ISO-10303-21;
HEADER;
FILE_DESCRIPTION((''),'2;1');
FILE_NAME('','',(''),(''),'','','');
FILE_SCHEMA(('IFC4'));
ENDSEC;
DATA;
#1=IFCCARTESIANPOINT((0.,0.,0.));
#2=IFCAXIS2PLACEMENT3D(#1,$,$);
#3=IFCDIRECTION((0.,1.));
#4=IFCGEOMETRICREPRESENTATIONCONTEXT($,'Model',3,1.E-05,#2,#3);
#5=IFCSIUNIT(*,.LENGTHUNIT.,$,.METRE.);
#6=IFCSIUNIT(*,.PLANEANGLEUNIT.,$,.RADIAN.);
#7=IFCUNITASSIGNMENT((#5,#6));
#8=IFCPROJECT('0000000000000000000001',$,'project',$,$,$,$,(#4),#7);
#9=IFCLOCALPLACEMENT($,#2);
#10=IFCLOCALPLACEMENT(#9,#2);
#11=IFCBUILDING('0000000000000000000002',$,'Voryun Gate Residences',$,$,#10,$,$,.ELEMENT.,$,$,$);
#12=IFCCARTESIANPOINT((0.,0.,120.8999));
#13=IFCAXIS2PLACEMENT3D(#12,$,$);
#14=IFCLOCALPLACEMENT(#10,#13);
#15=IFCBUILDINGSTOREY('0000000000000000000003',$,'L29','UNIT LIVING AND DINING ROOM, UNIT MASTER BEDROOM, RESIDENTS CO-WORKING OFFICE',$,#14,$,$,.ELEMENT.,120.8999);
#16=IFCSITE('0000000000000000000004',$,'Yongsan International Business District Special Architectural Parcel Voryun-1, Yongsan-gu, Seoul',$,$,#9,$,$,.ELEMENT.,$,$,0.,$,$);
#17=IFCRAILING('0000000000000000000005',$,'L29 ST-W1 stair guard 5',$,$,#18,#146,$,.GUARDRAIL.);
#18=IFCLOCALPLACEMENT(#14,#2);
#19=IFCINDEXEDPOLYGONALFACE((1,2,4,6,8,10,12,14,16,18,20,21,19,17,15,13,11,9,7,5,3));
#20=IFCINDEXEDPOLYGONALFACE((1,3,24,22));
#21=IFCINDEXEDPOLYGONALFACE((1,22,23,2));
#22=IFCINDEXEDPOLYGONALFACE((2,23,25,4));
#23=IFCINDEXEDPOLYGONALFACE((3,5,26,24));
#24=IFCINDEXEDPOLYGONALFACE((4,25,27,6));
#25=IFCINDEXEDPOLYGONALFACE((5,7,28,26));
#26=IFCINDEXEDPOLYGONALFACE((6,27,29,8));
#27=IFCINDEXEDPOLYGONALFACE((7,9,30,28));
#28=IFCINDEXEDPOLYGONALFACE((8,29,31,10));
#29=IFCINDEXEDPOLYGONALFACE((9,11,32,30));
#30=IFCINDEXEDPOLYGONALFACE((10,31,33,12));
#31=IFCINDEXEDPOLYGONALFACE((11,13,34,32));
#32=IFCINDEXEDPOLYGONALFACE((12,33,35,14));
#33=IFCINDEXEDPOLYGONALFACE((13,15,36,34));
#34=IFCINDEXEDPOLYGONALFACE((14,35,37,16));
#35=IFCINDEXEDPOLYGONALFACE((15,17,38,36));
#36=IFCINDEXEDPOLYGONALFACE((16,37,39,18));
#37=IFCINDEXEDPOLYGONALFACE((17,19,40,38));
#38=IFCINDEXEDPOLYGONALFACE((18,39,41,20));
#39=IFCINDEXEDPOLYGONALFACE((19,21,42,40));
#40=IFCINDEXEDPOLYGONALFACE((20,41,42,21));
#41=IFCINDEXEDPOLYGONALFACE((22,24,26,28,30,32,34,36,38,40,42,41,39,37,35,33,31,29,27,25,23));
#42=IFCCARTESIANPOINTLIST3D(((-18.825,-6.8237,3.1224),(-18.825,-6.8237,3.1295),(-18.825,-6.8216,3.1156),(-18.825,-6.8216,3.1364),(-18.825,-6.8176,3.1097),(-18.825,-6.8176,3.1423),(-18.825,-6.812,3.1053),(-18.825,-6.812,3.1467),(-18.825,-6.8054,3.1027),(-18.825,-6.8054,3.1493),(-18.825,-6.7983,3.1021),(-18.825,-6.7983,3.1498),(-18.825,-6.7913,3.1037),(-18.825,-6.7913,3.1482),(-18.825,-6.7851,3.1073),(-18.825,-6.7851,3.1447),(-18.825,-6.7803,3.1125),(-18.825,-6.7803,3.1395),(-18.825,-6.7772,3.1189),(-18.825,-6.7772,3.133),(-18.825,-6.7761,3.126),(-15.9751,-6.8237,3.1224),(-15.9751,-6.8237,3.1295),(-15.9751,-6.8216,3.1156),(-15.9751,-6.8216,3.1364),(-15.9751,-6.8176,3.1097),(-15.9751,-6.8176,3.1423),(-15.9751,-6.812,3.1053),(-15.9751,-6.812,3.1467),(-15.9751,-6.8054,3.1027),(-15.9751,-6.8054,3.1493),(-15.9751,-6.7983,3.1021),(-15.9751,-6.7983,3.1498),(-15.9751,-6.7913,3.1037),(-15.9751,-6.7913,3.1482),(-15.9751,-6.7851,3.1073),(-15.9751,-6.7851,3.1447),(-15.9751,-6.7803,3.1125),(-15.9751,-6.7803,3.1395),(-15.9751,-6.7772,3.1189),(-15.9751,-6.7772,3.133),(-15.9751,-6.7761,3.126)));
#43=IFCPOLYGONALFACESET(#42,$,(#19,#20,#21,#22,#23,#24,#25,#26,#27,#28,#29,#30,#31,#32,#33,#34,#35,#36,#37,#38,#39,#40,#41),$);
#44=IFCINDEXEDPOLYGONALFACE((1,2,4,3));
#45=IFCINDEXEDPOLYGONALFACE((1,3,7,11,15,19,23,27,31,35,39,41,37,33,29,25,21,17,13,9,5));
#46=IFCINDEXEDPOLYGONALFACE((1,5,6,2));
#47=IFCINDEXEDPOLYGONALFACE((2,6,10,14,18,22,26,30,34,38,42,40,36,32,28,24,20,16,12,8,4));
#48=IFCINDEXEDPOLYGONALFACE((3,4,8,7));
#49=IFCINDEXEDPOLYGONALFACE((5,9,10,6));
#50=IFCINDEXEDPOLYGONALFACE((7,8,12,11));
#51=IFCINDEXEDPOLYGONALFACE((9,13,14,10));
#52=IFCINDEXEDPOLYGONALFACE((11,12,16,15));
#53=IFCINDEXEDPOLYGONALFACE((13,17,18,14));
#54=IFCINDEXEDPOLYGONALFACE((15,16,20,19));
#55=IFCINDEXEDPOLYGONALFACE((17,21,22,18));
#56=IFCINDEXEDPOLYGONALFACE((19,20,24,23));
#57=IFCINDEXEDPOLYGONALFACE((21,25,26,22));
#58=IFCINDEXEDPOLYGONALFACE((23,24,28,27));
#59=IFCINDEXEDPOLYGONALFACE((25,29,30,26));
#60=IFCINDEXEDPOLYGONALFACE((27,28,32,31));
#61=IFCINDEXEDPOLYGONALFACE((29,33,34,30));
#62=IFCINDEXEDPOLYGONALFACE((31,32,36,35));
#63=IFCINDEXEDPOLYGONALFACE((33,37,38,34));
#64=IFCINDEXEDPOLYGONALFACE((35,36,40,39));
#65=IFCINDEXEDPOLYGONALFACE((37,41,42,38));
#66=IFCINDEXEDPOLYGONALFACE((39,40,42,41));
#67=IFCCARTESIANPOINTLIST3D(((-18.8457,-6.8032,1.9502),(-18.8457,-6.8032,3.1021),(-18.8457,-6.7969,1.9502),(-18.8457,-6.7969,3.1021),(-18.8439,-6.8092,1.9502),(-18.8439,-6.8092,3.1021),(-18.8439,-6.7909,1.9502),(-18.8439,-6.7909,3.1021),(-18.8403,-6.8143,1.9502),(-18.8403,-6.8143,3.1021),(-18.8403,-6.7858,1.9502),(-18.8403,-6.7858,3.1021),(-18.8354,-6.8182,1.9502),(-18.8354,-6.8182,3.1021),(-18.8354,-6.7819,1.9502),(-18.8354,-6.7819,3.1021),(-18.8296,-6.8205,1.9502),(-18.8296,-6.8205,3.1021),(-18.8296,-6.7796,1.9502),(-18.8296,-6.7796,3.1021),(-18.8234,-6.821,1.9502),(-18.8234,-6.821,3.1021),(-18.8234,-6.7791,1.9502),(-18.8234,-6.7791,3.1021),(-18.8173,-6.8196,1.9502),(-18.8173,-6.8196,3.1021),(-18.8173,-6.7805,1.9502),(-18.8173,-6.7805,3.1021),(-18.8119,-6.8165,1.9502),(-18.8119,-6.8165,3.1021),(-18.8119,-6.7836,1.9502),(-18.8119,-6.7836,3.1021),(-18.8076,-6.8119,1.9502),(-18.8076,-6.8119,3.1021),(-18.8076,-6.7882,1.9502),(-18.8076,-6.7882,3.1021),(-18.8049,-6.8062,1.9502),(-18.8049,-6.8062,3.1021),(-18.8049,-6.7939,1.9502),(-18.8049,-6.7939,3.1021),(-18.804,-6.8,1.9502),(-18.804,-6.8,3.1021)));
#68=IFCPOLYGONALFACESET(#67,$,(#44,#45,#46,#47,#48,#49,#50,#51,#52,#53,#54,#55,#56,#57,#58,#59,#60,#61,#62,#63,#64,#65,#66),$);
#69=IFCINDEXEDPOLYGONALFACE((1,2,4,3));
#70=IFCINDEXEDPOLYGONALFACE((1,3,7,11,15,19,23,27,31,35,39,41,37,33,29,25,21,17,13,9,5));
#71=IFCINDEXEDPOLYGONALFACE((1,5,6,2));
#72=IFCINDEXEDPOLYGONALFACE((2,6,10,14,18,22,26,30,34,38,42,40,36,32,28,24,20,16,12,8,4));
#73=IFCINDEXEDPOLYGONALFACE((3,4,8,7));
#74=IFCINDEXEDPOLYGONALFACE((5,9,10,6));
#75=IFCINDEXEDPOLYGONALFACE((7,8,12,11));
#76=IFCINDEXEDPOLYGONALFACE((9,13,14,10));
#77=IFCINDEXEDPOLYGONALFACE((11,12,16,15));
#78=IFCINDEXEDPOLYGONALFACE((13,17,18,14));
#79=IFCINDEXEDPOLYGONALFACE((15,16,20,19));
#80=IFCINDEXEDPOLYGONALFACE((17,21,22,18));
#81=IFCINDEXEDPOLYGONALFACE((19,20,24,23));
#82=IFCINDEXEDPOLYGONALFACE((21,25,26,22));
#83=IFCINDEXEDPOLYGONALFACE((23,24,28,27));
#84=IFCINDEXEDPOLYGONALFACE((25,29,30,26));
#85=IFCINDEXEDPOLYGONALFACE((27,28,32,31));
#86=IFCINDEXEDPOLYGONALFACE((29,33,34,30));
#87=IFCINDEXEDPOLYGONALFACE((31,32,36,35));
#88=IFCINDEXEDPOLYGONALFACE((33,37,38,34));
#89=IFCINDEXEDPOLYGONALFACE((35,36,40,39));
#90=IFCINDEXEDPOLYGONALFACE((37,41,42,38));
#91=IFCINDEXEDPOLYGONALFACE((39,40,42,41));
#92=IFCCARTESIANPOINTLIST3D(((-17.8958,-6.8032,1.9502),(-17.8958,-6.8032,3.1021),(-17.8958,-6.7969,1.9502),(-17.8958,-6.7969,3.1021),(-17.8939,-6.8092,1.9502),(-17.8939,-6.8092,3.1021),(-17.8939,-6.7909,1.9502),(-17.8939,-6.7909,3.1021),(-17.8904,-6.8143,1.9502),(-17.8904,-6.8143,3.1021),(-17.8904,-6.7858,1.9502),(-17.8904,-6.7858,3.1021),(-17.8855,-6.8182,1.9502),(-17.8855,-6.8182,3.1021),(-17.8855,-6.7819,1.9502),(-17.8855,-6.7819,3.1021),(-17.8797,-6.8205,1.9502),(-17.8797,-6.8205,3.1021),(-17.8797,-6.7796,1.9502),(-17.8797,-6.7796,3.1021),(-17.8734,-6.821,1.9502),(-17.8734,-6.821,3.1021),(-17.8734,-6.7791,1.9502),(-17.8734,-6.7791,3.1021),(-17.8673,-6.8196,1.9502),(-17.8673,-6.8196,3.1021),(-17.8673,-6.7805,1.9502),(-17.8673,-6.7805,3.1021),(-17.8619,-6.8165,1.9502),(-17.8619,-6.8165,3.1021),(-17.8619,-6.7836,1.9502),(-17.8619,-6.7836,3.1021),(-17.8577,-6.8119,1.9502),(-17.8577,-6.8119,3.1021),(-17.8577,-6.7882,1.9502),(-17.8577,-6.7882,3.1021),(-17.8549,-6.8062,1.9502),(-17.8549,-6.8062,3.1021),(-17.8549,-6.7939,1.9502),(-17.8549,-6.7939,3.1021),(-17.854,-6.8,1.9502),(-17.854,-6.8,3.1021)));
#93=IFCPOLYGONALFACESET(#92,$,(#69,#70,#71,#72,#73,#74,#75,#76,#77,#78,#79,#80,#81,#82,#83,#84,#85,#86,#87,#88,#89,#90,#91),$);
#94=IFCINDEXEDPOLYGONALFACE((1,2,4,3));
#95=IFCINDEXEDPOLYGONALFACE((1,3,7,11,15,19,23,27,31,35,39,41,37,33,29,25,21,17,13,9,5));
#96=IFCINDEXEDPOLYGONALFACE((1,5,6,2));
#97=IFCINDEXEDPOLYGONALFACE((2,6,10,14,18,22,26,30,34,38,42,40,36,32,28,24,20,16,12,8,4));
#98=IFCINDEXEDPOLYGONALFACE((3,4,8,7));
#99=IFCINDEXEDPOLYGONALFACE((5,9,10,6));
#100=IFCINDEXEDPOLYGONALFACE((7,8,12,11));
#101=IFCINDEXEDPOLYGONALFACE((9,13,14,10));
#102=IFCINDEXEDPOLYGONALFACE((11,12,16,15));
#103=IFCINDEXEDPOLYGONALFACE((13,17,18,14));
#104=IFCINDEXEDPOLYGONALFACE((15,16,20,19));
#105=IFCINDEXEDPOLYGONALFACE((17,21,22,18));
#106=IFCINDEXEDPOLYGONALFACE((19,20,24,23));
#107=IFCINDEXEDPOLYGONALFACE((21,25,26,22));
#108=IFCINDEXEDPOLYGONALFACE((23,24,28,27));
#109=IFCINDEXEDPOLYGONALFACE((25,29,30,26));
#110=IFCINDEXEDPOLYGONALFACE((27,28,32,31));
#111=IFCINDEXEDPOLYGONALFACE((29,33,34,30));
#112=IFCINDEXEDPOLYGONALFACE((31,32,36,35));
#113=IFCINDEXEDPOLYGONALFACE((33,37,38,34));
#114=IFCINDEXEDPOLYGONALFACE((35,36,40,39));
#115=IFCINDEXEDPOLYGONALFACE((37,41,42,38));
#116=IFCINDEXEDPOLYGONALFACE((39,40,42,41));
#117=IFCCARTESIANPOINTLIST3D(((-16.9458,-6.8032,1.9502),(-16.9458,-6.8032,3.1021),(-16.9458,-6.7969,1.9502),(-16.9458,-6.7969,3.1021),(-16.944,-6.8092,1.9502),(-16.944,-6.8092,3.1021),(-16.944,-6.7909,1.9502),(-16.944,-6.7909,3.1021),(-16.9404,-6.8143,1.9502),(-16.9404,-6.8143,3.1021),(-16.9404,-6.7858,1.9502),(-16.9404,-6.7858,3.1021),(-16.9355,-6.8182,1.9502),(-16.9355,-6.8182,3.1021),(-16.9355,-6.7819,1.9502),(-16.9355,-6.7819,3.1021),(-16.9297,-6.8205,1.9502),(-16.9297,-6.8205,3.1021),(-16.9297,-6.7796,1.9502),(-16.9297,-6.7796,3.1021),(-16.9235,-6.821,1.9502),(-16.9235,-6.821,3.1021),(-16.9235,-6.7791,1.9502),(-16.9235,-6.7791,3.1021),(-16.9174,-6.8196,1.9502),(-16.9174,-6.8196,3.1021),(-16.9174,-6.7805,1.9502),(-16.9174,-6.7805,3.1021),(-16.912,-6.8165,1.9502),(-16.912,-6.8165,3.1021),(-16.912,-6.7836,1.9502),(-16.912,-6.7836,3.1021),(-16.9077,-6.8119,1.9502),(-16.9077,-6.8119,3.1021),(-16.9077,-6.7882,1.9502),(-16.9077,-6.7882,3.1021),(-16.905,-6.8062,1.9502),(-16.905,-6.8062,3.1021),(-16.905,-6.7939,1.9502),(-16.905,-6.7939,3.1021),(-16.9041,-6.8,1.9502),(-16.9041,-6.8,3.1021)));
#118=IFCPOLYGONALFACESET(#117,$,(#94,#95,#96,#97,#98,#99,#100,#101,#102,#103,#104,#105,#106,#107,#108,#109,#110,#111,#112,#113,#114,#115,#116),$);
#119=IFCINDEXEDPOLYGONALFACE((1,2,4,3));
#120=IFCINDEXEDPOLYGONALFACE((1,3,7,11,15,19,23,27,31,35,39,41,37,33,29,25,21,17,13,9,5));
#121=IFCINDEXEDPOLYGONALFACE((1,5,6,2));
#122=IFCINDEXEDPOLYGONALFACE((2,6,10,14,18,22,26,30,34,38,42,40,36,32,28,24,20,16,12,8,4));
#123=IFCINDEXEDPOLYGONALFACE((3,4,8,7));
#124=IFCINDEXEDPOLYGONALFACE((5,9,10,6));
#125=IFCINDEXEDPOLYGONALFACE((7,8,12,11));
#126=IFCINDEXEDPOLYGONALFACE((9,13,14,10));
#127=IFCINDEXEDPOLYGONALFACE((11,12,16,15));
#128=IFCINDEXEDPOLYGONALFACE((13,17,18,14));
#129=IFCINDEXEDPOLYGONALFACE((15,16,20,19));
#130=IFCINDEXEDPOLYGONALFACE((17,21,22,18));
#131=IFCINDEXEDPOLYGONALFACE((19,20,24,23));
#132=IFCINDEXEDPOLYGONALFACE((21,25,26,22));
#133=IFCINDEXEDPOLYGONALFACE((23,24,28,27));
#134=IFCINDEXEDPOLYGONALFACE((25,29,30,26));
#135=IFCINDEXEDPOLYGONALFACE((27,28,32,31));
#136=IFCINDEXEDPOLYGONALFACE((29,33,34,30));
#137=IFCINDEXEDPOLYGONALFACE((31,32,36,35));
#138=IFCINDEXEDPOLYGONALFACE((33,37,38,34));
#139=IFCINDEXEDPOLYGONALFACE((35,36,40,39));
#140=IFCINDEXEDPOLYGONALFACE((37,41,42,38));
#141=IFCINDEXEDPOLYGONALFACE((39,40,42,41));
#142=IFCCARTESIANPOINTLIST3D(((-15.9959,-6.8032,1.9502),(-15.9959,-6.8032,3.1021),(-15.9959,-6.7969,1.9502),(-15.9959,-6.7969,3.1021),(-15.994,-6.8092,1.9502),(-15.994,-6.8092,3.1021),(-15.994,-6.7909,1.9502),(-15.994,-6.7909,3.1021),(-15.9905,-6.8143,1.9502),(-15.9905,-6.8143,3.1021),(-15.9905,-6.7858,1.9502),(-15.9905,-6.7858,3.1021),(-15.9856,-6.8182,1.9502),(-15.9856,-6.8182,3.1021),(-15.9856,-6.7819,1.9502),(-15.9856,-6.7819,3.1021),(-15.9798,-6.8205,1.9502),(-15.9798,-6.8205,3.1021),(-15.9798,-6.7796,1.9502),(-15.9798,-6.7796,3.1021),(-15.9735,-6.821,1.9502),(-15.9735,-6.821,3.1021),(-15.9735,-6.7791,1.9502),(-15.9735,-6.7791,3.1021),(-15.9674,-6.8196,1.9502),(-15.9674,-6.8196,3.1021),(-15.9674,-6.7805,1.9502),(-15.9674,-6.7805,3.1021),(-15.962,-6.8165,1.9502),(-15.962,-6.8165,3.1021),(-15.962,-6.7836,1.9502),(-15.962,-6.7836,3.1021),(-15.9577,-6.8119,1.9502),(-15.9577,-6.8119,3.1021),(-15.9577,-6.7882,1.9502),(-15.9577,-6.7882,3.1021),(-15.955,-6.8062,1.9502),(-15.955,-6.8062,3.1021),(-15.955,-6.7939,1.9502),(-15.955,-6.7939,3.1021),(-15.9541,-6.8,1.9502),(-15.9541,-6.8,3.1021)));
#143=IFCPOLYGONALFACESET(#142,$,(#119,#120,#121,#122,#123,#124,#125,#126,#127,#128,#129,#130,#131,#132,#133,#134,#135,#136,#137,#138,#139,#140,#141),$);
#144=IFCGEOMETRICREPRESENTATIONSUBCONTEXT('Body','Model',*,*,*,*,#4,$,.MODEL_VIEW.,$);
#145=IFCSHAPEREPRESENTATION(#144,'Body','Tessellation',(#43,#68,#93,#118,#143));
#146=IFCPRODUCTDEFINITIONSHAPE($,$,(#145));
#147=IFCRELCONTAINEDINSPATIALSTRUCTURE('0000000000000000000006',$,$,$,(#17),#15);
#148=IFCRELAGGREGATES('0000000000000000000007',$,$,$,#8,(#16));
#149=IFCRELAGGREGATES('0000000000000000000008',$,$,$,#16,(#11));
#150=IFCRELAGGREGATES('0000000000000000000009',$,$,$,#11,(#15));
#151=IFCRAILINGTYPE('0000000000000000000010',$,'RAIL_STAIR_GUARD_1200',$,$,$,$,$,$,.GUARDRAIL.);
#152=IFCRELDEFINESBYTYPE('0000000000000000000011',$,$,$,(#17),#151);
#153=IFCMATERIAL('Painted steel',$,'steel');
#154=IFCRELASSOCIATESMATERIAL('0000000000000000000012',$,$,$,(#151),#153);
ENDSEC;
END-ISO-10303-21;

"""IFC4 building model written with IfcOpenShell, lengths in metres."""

from ifc_helpers import new_model, si_unit, direction, frame, origin, origin_2d, place, context, subcontext, project, spatial, circle, extrude, material, type_object, element, save


model = new_model("IFC4")

# Units and contexts
model_context = context("Model", 3, precision=1e-05, world=origin(), true_north=direction((0.0, 1.0)))
body_context = subcontext(model_context, "Body", "Model", "MODEL_VIEW")
ifc_project = project(units=[si_unit("LENGTHUNIT", "METRE"), si_unit("PLANEANGLEUNIT", "RADIAN")], contexts=[model_context])

# Site, building, storey
site_placement = place(None, origin())
site = spatial("IfcSite", under=ifc_project, at=site_placement, Name="Yongsan International Business District Special Architectural Parcel Voryun-1, Yongsan-gu, Seoul", CompositionType="ELEMENT", RefElevation=0.0)
building_placement = place(site_placement, origin())
building = spatial("IfcBuilding", under=site, at=building_placement, Name="Voryun Gate Residences", CompositionType="ELEMENT")
storey_placement = place(building_placement, frame((0.0, 0.0, 120.8999)))
storey = spatial("IfcBuildingStorey", under=building, at=storey_placement, Name="L29", Description="UNIT LIVING AND DINING ROOM, UNIT MASTER BEDROOM, RESIDENTS CO-WORKING OFFICE", CompositionType="ELEMENT", Elevation=120.8999)

# Railing
ifc_material_1 = material(Name="Painted steel", Category="steel")
railing_type_1 = type_object("IfcRailingType", Name="RAIL_STAIR_GUARD_1200", PredefinedType="GUARDRAIL", material=ifc_material_1)
railing_1_placement = place(storey_placement, frame((-18.825, -6.8, 1.9502)))
element("IfcRailing", 1, at=railing_1_placement, inside=storey, type_object=railing_type_1, Name="L29 ST-W1 stair guard 5", PredefinedType="GUARDRAIL", context=body_context, shape_type="SweptSolid", body=[
    extrude(circle(Radius=0.0239, at=origin_2d()), frame((0.0, 0.0, 1.1758), z_axis=(1.0, 0.0, 0.0), x_axis=(0.0, 1.0, 0.0)), (0.0, 0.0, 1.0), 2.8499),
    extrude(circle(Radius=0.021, at=origin_2d()), origin(), (0.0, 0.0, 1.0), 1.1519),
    extrude(circle(Radius=0.021, at=origin_2d()), frame((0.95, 0.0, 0.0)), (0.0, 0.0, 1.0), 1.1519),
    extrude(circle(Radius=0.021, at=origin_2d()), frame((1.8999, 0.0, 0.0)), (0.0, 0.0, 1.0), 1.1519),
    extrude(circle(Radius=0.021, at=origin_2d()), frame((2.8499, 0.0, 0.0)), (0.0, 0.0, 1.0), 1.1519),
])

save(model, "model.ifc")
